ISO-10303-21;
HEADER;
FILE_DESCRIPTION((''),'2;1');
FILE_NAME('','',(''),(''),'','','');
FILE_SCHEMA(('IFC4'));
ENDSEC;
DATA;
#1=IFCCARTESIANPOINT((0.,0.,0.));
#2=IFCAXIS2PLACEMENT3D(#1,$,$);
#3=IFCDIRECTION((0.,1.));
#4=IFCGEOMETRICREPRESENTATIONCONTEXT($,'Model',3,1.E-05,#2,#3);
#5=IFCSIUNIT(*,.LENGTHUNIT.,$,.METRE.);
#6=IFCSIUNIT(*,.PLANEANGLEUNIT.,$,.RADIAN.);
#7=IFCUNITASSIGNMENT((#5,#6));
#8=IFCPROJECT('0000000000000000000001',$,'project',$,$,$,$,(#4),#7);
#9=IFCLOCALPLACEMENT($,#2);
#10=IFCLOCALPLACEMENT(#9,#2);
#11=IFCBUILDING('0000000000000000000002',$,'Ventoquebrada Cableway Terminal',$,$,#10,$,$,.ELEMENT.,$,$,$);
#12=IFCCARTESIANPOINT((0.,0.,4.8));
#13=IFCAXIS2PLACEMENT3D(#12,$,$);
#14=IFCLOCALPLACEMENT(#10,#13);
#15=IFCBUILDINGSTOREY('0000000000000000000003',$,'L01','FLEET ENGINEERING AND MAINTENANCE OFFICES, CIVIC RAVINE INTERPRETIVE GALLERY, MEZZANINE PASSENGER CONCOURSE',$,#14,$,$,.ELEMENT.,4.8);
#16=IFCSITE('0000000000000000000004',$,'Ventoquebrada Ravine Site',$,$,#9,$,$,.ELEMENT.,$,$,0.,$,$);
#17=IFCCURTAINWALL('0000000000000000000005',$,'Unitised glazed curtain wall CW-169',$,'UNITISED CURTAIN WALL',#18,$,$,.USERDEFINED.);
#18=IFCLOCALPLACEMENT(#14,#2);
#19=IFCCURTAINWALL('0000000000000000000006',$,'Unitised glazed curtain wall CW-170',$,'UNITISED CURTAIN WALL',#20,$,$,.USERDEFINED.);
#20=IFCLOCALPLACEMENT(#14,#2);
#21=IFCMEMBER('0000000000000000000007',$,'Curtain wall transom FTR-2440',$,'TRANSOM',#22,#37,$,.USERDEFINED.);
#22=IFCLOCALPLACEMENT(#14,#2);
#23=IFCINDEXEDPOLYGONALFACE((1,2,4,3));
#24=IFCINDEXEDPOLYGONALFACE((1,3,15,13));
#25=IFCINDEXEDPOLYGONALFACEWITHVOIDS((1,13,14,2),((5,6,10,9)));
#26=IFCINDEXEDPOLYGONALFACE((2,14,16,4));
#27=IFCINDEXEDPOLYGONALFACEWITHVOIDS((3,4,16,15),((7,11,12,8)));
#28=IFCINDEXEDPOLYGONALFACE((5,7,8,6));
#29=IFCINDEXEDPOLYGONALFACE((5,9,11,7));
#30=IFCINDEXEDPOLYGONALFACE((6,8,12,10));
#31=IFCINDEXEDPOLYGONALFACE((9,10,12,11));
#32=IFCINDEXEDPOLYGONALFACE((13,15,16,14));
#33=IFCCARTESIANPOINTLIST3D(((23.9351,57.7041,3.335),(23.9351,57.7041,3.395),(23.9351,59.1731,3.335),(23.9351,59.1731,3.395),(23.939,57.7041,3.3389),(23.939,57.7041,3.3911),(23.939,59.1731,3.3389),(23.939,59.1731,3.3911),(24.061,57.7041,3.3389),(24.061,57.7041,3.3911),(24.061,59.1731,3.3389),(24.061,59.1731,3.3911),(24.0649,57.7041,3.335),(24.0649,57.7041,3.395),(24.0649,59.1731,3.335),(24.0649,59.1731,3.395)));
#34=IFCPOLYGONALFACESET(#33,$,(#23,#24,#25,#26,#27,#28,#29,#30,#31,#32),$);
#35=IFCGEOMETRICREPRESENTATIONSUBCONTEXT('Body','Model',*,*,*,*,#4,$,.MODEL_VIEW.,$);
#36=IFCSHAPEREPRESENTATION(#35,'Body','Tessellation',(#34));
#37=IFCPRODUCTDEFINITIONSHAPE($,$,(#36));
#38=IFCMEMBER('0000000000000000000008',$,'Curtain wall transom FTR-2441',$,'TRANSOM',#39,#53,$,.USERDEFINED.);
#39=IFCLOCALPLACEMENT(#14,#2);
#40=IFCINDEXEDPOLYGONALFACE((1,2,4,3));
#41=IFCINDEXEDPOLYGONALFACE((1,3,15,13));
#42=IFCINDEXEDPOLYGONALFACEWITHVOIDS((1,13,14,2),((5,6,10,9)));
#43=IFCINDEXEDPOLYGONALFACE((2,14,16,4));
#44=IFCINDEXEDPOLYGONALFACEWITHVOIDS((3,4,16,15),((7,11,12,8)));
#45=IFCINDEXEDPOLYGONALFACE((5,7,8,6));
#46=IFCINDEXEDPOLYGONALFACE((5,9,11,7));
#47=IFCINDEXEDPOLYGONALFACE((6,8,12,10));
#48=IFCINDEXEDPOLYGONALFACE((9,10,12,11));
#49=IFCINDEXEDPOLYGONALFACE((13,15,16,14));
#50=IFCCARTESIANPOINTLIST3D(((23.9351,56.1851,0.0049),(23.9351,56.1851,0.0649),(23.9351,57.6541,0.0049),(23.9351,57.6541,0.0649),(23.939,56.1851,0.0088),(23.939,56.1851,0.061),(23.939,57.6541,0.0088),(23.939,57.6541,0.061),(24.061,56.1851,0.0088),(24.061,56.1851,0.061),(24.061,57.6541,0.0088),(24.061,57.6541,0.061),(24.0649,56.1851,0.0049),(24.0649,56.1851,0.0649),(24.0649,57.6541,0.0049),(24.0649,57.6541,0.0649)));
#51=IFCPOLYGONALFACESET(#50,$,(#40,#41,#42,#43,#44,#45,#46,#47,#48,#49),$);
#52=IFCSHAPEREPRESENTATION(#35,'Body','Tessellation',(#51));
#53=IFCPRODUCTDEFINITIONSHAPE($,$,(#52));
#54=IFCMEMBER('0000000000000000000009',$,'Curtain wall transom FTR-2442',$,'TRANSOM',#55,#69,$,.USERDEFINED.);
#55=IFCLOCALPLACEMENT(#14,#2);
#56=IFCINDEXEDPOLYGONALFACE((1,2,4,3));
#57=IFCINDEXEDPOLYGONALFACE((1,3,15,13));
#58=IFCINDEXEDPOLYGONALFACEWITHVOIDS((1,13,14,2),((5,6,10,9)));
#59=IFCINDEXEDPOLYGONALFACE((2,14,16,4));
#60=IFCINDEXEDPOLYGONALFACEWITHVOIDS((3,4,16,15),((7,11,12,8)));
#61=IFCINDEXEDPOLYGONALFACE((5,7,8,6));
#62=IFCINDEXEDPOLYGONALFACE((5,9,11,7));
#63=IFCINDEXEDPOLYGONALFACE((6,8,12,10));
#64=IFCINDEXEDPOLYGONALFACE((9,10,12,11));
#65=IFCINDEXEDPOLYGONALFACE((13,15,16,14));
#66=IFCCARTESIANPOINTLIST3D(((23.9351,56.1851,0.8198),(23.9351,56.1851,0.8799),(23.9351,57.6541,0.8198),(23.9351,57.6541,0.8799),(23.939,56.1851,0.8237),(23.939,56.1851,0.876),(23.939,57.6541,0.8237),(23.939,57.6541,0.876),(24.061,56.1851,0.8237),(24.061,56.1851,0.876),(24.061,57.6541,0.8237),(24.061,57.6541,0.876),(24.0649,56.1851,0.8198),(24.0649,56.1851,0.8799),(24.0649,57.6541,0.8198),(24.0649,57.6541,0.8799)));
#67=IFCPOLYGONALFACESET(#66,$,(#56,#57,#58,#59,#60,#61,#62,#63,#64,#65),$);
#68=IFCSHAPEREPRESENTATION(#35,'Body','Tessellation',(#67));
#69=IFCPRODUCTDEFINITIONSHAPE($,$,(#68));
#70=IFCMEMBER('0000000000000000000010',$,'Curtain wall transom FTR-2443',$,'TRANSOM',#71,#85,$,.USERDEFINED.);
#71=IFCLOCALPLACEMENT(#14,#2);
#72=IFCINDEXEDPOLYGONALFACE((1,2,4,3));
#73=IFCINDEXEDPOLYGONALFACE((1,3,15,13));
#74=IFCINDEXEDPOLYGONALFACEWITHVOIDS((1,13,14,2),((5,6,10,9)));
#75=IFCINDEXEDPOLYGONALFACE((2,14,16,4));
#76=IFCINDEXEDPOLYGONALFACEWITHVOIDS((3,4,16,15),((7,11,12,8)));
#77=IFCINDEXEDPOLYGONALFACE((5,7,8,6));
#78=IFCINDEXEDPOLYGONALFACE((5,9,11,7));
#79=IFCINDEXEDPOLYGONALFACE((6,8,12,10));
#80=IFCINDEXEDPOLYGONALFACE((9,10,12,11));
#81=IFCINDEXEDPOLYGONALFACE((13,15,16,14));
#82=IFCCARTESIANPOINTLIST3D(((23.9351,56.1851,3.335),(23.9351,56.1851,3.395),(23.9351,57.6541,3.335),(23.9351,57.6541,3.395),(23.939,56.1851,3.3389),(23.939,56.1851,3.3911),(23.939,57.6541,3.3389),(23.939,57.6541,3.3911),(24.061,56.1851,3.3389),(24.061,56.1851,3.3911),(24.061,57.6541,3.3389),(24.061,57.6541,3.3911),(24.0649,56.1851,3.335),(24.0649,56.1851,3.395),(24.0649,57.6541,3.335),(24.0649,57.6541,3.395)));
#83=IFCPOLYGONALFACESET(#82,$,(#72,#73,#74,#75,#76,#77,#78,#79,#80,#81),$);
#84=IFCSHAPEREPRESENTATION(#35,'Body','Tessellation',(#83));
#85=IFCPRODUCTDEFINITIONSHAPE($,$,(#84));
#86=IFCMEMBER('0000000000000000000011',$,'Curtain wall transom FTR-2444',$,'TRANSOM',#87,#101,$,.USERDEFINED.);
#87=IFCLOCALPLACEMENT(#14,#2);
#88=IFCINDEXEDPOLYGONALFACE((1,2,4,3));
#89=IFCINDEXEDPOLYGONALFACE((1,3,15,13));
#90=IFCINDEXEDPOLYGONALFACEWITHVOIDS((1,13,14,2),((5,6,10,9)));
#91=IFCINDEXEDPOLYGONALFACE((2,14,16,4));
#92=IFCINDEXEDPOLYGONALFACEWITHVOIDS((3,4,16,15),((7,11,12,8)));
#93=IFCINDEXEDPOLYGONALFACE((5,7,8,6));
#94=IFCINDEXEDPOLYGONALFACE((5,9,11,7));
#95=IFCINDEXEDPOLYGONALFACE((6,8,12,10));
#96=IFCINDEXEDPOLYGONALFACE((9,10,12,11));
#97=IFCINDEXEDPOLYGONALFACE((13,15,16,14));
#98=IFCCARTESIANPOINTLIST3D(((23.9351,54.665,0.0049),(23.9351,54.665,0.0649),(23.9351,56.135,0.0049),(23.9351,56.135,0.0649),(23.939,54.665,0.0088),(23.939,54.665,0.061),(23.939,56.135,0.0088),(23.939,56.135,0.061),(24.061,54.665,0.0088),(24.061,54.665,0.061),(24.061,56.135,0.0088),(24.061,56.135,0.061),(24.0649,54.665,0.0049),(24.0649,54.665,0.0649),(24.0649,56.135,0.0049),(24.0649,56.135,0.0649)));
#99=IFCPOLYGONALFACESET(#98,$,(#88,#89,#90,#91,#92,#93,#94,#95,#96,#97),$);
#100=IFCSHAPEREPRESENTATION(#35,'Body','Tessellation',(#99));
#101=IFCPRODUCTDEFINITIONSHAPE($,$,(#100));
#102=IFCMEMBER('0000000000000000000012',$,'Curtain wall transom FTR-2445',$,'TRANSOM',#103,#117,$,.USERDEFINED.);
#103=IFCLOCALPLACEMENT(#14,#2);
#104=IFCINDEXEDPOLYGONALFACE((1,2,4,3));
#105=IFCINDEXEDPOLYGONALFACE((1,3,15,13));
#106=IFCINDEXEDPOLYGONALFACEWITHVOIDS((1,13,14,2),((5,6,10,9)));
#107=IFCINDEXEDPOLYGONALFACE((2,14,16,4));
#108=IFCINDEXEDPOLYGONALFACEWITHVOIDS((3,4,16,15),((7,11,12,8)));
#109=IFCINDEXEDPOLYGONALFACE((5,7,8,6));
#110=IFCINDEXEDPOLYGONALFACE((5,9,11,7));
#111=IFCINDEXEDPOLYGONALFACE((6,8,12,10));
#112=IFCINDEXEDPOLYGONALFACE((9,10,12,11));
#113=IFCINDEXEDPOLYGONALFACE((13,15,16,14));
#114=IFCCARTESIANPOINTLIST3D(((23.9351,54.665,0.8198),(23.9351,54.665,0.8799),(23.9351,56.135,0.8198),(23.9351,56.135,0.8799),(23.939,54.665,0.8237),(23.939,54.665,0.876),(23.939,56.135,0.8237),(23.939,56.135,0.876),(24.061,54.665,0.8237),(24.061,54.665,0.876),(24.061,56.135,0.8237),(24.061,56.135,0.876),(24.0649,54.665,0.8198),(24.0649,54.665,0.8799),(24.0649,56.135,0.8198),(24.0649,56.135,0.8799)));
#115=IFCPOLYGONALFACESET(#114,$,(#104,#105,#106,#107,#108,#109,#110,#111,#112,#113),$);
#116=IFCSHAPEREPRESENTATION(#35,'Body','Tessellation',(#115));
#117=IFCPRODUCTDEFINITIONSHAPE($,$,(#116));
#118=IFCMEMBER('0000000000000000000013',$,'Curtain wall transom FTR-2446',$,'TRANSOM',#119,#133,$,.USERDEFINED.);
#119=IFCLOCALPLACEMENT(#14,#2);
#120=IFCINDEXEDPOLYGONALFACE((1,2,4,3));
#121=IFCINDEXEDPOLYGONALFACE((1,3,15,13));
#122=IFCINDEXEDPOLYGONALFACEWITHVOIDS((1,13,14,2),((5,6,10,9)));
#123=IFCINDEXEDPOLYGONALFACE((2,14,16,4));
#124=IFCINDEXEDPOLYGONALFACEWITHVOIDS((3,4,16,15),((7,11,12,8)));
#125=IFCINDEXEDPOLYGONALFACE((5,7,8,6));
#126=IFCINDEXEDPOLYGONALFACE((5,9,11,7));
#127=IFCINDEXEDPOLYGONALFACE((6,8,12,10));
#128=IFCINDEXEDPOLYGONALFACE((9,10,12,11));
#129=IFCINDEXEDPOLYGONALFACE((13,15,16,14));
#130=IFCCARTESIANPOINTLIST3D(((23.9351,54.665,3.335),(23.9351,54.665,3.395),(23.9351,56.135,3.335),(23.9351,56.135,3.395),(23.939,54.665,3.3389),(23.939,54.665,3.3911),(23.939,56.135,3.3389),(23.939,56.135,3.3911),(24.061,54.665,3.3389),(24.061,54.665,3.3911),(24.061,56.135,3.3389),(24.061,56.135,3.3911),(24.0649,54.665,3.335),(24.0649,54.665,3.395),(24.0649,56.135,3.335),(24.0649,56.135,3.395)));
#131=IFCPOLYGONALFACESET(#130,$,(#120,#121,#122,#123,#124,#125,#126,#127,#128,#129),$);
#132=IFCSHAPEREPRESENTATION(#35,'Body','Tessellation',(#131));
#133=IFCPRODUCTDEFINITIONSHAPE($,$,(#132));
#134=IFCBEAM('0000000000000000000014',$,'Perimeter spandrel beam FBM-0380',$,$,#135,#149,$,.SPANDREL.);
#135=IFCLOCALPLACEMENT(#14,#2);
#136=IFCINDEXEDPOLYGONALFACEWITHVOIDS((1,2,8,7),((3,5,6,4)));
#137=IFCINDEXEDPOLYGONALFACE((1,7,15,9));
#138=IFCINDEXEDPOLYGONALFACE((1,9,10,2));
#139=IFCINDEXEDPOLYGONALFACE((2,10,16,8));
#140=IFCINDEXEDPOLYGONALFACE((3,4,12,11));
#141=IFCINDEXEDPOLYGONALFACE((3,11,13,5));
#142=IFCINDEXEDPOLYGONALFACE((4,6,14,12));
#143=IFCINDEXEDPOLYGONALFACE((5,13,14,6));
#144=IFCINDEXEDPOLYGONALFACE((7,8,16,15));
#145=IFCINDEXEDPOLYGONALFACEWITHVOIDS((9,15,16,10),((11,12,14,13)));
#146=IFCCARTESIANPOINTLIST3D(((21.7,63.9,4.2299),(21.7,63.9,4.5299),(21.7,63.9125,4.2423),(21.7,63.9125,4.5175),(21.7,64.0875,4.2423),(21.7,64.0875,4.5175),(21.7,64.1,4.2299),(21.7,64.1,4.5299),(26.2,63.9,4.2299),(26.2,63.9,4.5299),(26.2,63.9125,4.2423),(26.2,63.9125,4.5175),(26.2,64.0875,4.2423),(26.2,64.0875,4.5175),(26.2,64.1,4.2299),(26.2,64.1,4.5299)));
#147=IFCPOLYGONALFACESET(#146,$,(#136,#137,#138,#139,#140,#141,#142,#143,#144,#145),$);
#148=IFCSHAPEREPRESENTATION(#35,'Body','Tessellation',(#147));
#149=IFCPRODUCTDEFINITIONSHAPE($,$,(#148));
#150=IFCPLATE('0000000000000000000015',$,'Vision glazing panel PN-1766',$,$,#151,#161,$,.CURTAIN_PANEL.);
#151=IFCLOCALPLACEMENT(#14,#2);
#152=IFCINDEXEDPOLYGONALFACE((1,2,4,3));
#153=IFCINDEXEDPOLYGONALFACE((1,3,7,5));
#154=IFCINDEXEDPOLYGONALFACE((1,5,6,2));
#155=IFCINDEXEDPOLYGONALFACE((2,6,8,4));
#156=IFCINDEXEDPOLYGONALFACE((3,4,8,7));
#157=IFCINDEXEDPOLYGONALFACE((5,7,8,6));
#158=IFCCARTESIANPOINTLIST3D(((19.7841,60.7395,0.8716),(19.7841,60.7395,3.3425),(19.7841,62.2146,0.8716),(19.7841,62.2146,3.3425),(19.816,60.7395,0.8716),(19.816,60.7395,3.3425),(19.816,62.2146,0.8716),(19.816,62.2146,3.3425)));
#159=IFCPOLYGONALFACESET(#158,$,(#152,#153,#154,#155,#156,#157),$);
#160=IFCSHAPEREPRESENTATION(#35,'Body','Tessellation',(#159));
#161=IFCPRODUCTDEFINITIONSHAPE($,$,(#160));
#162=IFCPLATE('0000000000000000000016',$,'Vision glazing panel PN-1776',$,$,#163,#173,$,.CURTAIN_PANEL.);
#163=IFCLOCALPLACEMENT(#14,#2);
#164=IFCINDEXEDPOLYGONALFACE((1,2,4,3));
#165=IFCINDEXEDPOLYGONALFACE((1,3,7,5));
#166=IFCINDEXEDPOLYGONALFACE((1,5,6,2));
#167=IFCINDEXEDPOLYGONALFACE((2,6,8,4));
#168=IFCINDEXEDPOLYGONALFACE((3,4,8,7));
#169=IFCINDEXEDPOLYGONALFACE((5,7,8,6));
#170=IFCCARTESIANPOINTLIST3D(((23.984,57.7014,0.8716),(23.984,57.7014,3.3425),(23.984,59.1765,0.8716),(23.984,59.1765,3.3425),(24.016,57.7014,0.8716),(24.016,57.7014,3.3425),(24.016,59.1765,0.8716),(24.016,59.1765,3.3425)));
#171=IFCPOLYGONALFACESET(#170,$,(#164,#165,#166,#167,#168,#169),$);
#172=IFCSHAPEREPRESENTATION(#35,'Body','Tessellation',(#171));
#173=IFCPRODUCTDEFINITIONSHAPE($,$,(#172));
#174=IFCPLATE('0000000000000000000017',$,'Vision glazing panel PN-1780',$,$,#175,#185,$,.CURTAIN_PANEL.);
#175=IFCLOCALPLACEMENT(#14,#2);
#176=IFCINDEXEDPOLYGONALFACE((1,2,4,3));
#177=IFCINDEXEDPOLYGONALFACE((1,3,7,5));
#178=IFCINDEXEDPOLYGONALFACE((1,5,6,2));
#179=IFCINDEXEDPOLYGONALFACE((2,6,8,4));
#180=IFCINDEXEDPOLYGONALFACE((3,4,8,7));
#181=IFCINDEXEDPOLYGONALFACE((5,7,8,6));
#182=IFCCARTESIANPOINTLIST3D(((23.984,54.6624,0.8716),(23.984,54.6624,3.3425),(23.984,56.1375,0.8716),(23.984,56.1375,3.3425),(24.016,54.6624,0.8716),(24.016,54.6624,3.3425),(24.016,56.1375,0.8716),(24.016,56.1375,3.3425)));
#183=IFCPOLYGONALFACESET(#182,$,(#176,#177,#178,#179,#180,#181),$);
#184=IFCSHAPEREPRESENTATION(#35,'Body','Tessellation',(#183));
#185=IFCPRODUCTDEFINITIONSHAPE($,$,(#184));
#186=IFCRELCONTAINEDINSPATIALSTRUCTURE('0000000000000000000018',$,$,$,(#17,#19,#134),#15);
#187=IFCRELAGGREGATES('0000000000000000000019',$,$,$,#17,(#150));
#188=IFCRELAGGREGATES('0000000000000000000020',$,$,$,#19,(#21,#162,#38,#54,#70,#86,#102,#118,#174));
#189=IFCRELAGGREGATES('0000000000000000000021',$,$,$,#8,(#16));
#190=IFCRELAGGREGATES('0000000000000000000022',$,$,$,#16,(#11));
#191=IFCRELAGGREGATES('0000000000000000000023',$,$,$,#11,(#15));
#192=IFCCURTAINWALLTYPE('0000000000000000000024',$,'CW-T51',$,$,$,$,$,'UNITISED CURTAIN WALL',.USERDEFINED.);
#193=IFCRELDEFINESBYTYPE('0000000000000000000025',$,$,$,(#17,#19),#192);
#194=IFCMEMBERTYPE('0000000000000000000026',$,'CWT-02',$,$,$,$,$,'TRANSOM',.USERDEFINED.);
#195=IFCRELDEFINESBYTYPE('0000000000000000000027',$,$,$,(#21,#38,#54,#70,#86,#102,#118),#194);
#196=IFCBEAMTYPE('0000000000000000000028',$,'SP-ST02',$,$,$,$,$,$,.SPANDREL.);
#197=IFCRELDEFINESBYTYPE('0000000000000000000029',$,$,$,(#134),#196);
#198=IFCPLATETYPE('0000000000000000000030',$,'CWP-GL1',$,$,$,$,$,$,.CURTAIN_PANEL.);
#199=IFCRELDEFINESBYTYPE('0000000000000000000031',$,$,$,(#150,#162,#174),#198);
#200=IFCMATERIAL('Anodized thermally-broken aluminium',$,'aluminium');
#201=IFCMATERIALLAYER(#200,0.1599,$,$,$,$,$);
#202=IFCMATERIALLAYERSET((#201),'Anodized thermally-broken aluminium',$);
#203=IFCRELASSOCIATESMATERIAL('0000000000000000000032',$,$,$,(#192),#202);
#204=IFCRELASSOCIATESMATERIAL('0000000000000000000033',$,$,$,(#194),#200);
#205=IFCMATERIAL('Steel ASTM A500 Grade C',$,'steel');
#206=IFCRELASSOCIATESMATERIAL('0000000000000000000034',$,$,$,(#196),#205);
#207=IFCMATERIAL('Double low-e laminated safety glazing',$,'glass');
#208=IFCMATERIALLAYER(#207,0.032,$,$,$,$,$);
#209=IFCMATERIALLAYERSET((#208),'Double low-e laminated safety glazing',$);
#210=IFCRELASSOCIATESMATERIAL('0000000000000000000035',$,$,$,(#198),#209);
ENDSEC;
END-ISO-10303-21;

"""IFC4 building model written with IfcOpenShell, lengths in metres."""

from ifc_helpers import new_model, si_unit, direction, frame, origin, origin_2d, place, context, subcontext, project, spatial, rectangle, hollow_rectangle, extrude, material, layer, layer_set, material_profile, profile_set, type_object, element, aggregate, save


model = new_model("IFC4")

# Units and contexts
model_context = context("Model", 3, precision=1e-05, world=origin(), true_north=direction((0.0, 1.0)))
body_context = subcontext(model_context, "Body", "Model", "MODEL_VIEW")
ifc_project = project(units=[si_unit("LENGTHUNIT", "METRE"), si_unit("PLANEANGLEUNIT", "RADIAN")], contexts=[model_context])

# Site, building, storey
site_placement = place(None, origin())
site = spatial("IfcSite", under=ifc_project, at=site_placement, Name="Ventoquebrada Ravine Site", CompositionType="ELEMENT", RefElevation=0.0)
building_placement = place(site_placement, origin())
building = spatial("IfcBuilding", under=site, at=building_placement, Name="Ventoquebrada Cableway Terminal", CompositionType="ELEMENT")
storey_placement = place(building_placement, frame((0.0, 0.0, 4.8)))
storey = spatial("IfcBuildingStorey", under=building, at=storey_placement, Name="L01", Description="FLEET ENGINEERING AND MAINTENANCE OFFICES, CIVIC RAVINE INTERPRETIVE GALLERY, MEZZANINE PASSENGER CONCOURSE", CompositionType="ELEMENT", Elevation=4.8)

# Curtain walls
ifc_material_1 = material(Name="Anodized thermally-broken aluminium", Category="aluminium")
ifc_layer_1 = layer(ifc_material_1, 0.1599)
ifc_layer_set_1 = layer_set([ifc_layer_1], Name="Anodized thermally-broken aluminium")
curtain_wall_type = type_object("IfcCurtainWallType", Name="CW-T51", ElementType="UNITISED CURTAIN WALL", PredefinedType="USERDEFINED", material=ifc_layer_set_1)
curtain_wall_1_placement = place(storey_placement, origin())
curtain_wall_1 = element("IfcCurtainWall", 1, at=curtain_wall_1_placement, inside=storey, type_object=curtain_wall_type, Name="Unitised glazed curtain wall CW-169", ObjectType="UNITISED CURTAIN WALL", PredefinedType="USERDEFINED")
curtain_wall_2_placement = place(storey_placement, origin())
curtain_wall_2 = element("IfcCurtainWall", 2, at=curtain_wall_2_placement, inside=storey, type_object=curtain_wall_type, Name="Unitised glazed curtain wall CW-170", ObjectType="UNITISED CURTAIN WALL", PredefinedType="USERDEFINED")

# Members
ifc_material_profile_1 = material_profile(ifc_material_1, hollow_rectangle(XDim=0.0601, YDim=0.1299, WallThickness=0.0039, at=origin_2d()), Name="CW-TRN-60X130")
ifc_profile_set_1 = profile_set([ifc_material_profile_1], Name="Anodized thermally-broken aluminium")
member_type_1 = type_object("IfcMemberType", Name="CWT-02", ElementType="TRANSOM", PredefinedType="USERDEFINED", material=ifc_profile_set_1)
member_1_placement = place(storey_placement, frame((24.0, 59.1731, 3.365), z_axis=(0.0, -1.0, 0.0), x_axis=(0.0, 0.0, 1.0)))
member_1 = element("IfcMember", 3, at=member_1_placement, type_object=member_type_1, Name="Curtain wall transom FTR-2440", ObjectType="TRANSOM", PredefinedType="USERDEFINED", context=body_context, shape_type="SweptSolid", body=[
    extrude(hollow_rectangle(XDim=0.0601, YDim=0.1299, WallThickness=0.0039, at=origin_2d()), origin(), (0.0, 0.0, 1.0), 1.469),
])
member_2_placement = place(storey_placement, frame((24.0, 57.6541, 0.0349), z_axis=(0.0, -1.0, 0.0), x_axis=(0.0, 0.0, 1.0)))
member_2 = element("IfcMember", 4, at=member_2_placement, type_object=member_type_1, Name="Curtain wall transom FTR-2441", ObjectType="TRANSOM", PredefinedType="USERDEFINED", context=body_context, shape_type="SweptSolid", body=[
    extrude(hollow_rectangle(XDim=0.0601, YDim=0.1299, WallThickness=0.0039, at=origin_2d()), origin(), (0.0, 0.0, 1.0), 1.469),
])
member_3_placement = place(storey_placement, frame((24.0, 57.6541, 0.8499), z_axis=(0.0, -1.0, 0.0), x_axis=(0.0, 0.0, 1.0)))
member_3 = element("IfcMember", 5, at=member_3_placement, type_object=member_type_1, Name="Curtain wall transom FTR-2442", ObjectType="TRANSOM", PredefinedType="USERDEFINED", context=body_context, shape_type="SweptSolid", body=[
    extrude(hollow_rectangle(XDim=0.0601, YDim=0.1299, WallThickness=0.0039, at=origin_2d()), origin(), (0.0, 0.0, 1.0), 1.469),
])
member_4_placement = place(storey_placement, frame((24.0, 57.6541, 3.365), z_axis=(0.0, -1.0, 0.0), x_axis=(0.0, 0.0, 1.0)))
member_4 = element("IfcMember", 6, at=member_4_placement, type_object=member_type_1, Name="Curtain wall transom FTR-2443", ObjectType="TRANSOM", PredefinedType="USERDEFINED", context=body_context, shape_type="SweptSolid", body=[
    extrude(hollow_rectangle(XDim=0.0601, YDim=0.1299, WallThickness=0.0039, at=origin_2d()), origin(), (0.0, 0.0, 1.0), 1.469),
])
member_5_placement = place(storey_placement, frame((24.0, 56.135, 0.0349), z_axis=(0.0, -1.0, 0.0), x_axis=(0.0, 0.0, 1.0)))
member_5 = element("IfcMember", 7, at=member_5_placement, type_object=member_type_1, Name="Curtain wall transom FTR-2444", ObjectType="TRANSOM", PredefinedType="USERDEFINED", context=body_context, shape_type="SweptSolid", body=[
    extrude(hollow_rectangle(XDim=0.0601, YDim=0.1299, WallThickness=0.0039, at=origin_2d()), origin(), (0.0, 0.0, 1.0), 1.47),
])
member_6_placement = place(storey_placement, frame((24.0, 56.135, 0.8499), z_axis=(0.0, -1.0, 0.0), x_axis=(0.0, 0.0, 1.0)))
member_6 = element("IfcMember", 8, at=member_6_placement, type_object=member_type_1, Name="Curtain wall transom FTR-2445", ObjectType="TRANSOM", PredefinedType="USERDEFINED", context=body_context, shape_type="SweptSolid", body=[
    extrude(hollow_rectangle(XDim=0.0601, YDim=0.1299, WallThickness=0.0039, at=origin_2d()), origin(), (0.0, 0.0, 1.0), 1.47),
])
member_7_placement = place(storey_placement, frame((24.0, 56.135, 3.365), z_axis=(0.0, -1.0, 0.0), x_axis=(0.0, 0.0, 1.0)))
member_7 = element("IfcMember", 9, at=member_7_placement, type_object=member_type_1, Name="Curtain wall transom FTR-2446", ObjectType="TRANSOM", PredefinedType="USERDEFINED", context=body_context, shape_type="SweptSolid", body=[
    extrude(hollow_rectangle(XDim=0.0601, YDim=0.1299, WallThickness=0.0039, at=origin_2d()), origin(), (0.0, 0.0, 1.0), 1.47),
])

# Beam
ifc_material_2 = material(Name="Steel ASTM A500 Grade C", Category="steel")
ifc_material_profile_2 = material_profile(ifc_material_2, hollow_rectangle(XDim=0.2, YDim=0.3, WallThickness=0.0125, at=origin_2d()), Name="RHS300X200X12.5")
ifc_profile_set_2 = profile_set([ifc_material_profile_2], Name="Steel ASTM A500 Grade C")
beam_type = type_object("IfcBeamType", Name="SP-ST02", PredefinedType="SPANDREL", material=ifc_profile_set_2)
beam_placement = place(storey_placement, frame((21.7, 64.0, 4.3799), z_axis=(1.0, 0.0, 0.0), x_axis=(0.0, 1.0, 0.0)))
element("IfcBeam", 10, at=beam_placement, inside=storey, type_object=beam_type, Name="Perimeter spandrel beam FBM-0380", PredefinedType="SPANDREL", context=body_context, shape_type="SweptSolid", body=[
    extrude(hollow_rectangle(XDim=0.2, YDim=0.3, WallThickness=0.0125, at=origin_2d()), origin(), (0.0, 0.0, 1.0), 4.5),
])

# Plates
ifc_material_3 = material(Name="Double low-e laminated safety glazing", Category="glass")
ifc_layer_2 = layer(ifc_material_3, 0.032)
ifc_layer_set_2 = layer_set([ifc_layer_2], Name="Double low-e laminated safety glazing")
plate_type_1 = type_object("IfcPlateType", Name="CWP-GL1", PredefinedType="CURTAIN_PANEL", material=ifc_layer_set_2)
plate_1_placement = place(storey_placement, frame((19.8, 61.4771, 0.8716), z_axis=(0.0, 0.0, 1.0), x_axis=(0.0, 1.0, 0.0)))
plate_1 = element("IfcPlate", 11, at=plate_1_placement, type_object=plate_type_1, Name="Vision glazing panel PN-1766", PredefinedType="CURTAIN_PANEL", context=body_context, shape_type="SweptSolid", body=[
    extrude(rectangle(XDim=1.4751, YDim=0.032, at=origin_2d()), origin(), (0.0, 0.0, 1.0), 2.4709),
])
plate_2_placement = place(storey_placement, frame((24.0, 58.439, 0.8716), z_axis=(0.0, 0.0, 1.0), x_axis=(0.0, -1.0, 0.0)))
plate_2 = element("IfcPlate", 12, at=plate_2_placement, type_object=plate_type_1, Name="Vision glazing panel PN-1776", PredefinedType="CURTAIN_PANEL", context=body_context, shape_type="SweptSolid", body=[
    extrude(rectangle(XDim=1.4751, YDim=0.032, at=origin_2d()), origin(), (0.0, 0.0, 1.0), 2.4709),
])
plate_3_placement = place(storey_placement, frame((24.0, 55.3999, 0.8716), z_axis=(0.0, 0.0, 1.0), x_axis=(0.0, -1.0, 0.0)))
plate_3 = element("IfcPlate", 13, at=plate_3_placement, type_object=plate_type_1, Name="Vision glazing panel PN-1780", PredefinedType="CURTAIN_PANEL", context=body_context, shape_type="SweptSolid", body=[
    extrude(rectangle(XDim=1.4751, YDim=0.032, at=origin_2d()), origin(), (0.0, 0.0, 1.0), 2.4709),
])
aggregate(curtain_wall_1, [plate_1])
aggregate(curtain_wall_2, [member_1, plate_2, member_2, member_3, member_4, member_5, member_6, member_7, plate_3])

save(model, "model.ifc")
